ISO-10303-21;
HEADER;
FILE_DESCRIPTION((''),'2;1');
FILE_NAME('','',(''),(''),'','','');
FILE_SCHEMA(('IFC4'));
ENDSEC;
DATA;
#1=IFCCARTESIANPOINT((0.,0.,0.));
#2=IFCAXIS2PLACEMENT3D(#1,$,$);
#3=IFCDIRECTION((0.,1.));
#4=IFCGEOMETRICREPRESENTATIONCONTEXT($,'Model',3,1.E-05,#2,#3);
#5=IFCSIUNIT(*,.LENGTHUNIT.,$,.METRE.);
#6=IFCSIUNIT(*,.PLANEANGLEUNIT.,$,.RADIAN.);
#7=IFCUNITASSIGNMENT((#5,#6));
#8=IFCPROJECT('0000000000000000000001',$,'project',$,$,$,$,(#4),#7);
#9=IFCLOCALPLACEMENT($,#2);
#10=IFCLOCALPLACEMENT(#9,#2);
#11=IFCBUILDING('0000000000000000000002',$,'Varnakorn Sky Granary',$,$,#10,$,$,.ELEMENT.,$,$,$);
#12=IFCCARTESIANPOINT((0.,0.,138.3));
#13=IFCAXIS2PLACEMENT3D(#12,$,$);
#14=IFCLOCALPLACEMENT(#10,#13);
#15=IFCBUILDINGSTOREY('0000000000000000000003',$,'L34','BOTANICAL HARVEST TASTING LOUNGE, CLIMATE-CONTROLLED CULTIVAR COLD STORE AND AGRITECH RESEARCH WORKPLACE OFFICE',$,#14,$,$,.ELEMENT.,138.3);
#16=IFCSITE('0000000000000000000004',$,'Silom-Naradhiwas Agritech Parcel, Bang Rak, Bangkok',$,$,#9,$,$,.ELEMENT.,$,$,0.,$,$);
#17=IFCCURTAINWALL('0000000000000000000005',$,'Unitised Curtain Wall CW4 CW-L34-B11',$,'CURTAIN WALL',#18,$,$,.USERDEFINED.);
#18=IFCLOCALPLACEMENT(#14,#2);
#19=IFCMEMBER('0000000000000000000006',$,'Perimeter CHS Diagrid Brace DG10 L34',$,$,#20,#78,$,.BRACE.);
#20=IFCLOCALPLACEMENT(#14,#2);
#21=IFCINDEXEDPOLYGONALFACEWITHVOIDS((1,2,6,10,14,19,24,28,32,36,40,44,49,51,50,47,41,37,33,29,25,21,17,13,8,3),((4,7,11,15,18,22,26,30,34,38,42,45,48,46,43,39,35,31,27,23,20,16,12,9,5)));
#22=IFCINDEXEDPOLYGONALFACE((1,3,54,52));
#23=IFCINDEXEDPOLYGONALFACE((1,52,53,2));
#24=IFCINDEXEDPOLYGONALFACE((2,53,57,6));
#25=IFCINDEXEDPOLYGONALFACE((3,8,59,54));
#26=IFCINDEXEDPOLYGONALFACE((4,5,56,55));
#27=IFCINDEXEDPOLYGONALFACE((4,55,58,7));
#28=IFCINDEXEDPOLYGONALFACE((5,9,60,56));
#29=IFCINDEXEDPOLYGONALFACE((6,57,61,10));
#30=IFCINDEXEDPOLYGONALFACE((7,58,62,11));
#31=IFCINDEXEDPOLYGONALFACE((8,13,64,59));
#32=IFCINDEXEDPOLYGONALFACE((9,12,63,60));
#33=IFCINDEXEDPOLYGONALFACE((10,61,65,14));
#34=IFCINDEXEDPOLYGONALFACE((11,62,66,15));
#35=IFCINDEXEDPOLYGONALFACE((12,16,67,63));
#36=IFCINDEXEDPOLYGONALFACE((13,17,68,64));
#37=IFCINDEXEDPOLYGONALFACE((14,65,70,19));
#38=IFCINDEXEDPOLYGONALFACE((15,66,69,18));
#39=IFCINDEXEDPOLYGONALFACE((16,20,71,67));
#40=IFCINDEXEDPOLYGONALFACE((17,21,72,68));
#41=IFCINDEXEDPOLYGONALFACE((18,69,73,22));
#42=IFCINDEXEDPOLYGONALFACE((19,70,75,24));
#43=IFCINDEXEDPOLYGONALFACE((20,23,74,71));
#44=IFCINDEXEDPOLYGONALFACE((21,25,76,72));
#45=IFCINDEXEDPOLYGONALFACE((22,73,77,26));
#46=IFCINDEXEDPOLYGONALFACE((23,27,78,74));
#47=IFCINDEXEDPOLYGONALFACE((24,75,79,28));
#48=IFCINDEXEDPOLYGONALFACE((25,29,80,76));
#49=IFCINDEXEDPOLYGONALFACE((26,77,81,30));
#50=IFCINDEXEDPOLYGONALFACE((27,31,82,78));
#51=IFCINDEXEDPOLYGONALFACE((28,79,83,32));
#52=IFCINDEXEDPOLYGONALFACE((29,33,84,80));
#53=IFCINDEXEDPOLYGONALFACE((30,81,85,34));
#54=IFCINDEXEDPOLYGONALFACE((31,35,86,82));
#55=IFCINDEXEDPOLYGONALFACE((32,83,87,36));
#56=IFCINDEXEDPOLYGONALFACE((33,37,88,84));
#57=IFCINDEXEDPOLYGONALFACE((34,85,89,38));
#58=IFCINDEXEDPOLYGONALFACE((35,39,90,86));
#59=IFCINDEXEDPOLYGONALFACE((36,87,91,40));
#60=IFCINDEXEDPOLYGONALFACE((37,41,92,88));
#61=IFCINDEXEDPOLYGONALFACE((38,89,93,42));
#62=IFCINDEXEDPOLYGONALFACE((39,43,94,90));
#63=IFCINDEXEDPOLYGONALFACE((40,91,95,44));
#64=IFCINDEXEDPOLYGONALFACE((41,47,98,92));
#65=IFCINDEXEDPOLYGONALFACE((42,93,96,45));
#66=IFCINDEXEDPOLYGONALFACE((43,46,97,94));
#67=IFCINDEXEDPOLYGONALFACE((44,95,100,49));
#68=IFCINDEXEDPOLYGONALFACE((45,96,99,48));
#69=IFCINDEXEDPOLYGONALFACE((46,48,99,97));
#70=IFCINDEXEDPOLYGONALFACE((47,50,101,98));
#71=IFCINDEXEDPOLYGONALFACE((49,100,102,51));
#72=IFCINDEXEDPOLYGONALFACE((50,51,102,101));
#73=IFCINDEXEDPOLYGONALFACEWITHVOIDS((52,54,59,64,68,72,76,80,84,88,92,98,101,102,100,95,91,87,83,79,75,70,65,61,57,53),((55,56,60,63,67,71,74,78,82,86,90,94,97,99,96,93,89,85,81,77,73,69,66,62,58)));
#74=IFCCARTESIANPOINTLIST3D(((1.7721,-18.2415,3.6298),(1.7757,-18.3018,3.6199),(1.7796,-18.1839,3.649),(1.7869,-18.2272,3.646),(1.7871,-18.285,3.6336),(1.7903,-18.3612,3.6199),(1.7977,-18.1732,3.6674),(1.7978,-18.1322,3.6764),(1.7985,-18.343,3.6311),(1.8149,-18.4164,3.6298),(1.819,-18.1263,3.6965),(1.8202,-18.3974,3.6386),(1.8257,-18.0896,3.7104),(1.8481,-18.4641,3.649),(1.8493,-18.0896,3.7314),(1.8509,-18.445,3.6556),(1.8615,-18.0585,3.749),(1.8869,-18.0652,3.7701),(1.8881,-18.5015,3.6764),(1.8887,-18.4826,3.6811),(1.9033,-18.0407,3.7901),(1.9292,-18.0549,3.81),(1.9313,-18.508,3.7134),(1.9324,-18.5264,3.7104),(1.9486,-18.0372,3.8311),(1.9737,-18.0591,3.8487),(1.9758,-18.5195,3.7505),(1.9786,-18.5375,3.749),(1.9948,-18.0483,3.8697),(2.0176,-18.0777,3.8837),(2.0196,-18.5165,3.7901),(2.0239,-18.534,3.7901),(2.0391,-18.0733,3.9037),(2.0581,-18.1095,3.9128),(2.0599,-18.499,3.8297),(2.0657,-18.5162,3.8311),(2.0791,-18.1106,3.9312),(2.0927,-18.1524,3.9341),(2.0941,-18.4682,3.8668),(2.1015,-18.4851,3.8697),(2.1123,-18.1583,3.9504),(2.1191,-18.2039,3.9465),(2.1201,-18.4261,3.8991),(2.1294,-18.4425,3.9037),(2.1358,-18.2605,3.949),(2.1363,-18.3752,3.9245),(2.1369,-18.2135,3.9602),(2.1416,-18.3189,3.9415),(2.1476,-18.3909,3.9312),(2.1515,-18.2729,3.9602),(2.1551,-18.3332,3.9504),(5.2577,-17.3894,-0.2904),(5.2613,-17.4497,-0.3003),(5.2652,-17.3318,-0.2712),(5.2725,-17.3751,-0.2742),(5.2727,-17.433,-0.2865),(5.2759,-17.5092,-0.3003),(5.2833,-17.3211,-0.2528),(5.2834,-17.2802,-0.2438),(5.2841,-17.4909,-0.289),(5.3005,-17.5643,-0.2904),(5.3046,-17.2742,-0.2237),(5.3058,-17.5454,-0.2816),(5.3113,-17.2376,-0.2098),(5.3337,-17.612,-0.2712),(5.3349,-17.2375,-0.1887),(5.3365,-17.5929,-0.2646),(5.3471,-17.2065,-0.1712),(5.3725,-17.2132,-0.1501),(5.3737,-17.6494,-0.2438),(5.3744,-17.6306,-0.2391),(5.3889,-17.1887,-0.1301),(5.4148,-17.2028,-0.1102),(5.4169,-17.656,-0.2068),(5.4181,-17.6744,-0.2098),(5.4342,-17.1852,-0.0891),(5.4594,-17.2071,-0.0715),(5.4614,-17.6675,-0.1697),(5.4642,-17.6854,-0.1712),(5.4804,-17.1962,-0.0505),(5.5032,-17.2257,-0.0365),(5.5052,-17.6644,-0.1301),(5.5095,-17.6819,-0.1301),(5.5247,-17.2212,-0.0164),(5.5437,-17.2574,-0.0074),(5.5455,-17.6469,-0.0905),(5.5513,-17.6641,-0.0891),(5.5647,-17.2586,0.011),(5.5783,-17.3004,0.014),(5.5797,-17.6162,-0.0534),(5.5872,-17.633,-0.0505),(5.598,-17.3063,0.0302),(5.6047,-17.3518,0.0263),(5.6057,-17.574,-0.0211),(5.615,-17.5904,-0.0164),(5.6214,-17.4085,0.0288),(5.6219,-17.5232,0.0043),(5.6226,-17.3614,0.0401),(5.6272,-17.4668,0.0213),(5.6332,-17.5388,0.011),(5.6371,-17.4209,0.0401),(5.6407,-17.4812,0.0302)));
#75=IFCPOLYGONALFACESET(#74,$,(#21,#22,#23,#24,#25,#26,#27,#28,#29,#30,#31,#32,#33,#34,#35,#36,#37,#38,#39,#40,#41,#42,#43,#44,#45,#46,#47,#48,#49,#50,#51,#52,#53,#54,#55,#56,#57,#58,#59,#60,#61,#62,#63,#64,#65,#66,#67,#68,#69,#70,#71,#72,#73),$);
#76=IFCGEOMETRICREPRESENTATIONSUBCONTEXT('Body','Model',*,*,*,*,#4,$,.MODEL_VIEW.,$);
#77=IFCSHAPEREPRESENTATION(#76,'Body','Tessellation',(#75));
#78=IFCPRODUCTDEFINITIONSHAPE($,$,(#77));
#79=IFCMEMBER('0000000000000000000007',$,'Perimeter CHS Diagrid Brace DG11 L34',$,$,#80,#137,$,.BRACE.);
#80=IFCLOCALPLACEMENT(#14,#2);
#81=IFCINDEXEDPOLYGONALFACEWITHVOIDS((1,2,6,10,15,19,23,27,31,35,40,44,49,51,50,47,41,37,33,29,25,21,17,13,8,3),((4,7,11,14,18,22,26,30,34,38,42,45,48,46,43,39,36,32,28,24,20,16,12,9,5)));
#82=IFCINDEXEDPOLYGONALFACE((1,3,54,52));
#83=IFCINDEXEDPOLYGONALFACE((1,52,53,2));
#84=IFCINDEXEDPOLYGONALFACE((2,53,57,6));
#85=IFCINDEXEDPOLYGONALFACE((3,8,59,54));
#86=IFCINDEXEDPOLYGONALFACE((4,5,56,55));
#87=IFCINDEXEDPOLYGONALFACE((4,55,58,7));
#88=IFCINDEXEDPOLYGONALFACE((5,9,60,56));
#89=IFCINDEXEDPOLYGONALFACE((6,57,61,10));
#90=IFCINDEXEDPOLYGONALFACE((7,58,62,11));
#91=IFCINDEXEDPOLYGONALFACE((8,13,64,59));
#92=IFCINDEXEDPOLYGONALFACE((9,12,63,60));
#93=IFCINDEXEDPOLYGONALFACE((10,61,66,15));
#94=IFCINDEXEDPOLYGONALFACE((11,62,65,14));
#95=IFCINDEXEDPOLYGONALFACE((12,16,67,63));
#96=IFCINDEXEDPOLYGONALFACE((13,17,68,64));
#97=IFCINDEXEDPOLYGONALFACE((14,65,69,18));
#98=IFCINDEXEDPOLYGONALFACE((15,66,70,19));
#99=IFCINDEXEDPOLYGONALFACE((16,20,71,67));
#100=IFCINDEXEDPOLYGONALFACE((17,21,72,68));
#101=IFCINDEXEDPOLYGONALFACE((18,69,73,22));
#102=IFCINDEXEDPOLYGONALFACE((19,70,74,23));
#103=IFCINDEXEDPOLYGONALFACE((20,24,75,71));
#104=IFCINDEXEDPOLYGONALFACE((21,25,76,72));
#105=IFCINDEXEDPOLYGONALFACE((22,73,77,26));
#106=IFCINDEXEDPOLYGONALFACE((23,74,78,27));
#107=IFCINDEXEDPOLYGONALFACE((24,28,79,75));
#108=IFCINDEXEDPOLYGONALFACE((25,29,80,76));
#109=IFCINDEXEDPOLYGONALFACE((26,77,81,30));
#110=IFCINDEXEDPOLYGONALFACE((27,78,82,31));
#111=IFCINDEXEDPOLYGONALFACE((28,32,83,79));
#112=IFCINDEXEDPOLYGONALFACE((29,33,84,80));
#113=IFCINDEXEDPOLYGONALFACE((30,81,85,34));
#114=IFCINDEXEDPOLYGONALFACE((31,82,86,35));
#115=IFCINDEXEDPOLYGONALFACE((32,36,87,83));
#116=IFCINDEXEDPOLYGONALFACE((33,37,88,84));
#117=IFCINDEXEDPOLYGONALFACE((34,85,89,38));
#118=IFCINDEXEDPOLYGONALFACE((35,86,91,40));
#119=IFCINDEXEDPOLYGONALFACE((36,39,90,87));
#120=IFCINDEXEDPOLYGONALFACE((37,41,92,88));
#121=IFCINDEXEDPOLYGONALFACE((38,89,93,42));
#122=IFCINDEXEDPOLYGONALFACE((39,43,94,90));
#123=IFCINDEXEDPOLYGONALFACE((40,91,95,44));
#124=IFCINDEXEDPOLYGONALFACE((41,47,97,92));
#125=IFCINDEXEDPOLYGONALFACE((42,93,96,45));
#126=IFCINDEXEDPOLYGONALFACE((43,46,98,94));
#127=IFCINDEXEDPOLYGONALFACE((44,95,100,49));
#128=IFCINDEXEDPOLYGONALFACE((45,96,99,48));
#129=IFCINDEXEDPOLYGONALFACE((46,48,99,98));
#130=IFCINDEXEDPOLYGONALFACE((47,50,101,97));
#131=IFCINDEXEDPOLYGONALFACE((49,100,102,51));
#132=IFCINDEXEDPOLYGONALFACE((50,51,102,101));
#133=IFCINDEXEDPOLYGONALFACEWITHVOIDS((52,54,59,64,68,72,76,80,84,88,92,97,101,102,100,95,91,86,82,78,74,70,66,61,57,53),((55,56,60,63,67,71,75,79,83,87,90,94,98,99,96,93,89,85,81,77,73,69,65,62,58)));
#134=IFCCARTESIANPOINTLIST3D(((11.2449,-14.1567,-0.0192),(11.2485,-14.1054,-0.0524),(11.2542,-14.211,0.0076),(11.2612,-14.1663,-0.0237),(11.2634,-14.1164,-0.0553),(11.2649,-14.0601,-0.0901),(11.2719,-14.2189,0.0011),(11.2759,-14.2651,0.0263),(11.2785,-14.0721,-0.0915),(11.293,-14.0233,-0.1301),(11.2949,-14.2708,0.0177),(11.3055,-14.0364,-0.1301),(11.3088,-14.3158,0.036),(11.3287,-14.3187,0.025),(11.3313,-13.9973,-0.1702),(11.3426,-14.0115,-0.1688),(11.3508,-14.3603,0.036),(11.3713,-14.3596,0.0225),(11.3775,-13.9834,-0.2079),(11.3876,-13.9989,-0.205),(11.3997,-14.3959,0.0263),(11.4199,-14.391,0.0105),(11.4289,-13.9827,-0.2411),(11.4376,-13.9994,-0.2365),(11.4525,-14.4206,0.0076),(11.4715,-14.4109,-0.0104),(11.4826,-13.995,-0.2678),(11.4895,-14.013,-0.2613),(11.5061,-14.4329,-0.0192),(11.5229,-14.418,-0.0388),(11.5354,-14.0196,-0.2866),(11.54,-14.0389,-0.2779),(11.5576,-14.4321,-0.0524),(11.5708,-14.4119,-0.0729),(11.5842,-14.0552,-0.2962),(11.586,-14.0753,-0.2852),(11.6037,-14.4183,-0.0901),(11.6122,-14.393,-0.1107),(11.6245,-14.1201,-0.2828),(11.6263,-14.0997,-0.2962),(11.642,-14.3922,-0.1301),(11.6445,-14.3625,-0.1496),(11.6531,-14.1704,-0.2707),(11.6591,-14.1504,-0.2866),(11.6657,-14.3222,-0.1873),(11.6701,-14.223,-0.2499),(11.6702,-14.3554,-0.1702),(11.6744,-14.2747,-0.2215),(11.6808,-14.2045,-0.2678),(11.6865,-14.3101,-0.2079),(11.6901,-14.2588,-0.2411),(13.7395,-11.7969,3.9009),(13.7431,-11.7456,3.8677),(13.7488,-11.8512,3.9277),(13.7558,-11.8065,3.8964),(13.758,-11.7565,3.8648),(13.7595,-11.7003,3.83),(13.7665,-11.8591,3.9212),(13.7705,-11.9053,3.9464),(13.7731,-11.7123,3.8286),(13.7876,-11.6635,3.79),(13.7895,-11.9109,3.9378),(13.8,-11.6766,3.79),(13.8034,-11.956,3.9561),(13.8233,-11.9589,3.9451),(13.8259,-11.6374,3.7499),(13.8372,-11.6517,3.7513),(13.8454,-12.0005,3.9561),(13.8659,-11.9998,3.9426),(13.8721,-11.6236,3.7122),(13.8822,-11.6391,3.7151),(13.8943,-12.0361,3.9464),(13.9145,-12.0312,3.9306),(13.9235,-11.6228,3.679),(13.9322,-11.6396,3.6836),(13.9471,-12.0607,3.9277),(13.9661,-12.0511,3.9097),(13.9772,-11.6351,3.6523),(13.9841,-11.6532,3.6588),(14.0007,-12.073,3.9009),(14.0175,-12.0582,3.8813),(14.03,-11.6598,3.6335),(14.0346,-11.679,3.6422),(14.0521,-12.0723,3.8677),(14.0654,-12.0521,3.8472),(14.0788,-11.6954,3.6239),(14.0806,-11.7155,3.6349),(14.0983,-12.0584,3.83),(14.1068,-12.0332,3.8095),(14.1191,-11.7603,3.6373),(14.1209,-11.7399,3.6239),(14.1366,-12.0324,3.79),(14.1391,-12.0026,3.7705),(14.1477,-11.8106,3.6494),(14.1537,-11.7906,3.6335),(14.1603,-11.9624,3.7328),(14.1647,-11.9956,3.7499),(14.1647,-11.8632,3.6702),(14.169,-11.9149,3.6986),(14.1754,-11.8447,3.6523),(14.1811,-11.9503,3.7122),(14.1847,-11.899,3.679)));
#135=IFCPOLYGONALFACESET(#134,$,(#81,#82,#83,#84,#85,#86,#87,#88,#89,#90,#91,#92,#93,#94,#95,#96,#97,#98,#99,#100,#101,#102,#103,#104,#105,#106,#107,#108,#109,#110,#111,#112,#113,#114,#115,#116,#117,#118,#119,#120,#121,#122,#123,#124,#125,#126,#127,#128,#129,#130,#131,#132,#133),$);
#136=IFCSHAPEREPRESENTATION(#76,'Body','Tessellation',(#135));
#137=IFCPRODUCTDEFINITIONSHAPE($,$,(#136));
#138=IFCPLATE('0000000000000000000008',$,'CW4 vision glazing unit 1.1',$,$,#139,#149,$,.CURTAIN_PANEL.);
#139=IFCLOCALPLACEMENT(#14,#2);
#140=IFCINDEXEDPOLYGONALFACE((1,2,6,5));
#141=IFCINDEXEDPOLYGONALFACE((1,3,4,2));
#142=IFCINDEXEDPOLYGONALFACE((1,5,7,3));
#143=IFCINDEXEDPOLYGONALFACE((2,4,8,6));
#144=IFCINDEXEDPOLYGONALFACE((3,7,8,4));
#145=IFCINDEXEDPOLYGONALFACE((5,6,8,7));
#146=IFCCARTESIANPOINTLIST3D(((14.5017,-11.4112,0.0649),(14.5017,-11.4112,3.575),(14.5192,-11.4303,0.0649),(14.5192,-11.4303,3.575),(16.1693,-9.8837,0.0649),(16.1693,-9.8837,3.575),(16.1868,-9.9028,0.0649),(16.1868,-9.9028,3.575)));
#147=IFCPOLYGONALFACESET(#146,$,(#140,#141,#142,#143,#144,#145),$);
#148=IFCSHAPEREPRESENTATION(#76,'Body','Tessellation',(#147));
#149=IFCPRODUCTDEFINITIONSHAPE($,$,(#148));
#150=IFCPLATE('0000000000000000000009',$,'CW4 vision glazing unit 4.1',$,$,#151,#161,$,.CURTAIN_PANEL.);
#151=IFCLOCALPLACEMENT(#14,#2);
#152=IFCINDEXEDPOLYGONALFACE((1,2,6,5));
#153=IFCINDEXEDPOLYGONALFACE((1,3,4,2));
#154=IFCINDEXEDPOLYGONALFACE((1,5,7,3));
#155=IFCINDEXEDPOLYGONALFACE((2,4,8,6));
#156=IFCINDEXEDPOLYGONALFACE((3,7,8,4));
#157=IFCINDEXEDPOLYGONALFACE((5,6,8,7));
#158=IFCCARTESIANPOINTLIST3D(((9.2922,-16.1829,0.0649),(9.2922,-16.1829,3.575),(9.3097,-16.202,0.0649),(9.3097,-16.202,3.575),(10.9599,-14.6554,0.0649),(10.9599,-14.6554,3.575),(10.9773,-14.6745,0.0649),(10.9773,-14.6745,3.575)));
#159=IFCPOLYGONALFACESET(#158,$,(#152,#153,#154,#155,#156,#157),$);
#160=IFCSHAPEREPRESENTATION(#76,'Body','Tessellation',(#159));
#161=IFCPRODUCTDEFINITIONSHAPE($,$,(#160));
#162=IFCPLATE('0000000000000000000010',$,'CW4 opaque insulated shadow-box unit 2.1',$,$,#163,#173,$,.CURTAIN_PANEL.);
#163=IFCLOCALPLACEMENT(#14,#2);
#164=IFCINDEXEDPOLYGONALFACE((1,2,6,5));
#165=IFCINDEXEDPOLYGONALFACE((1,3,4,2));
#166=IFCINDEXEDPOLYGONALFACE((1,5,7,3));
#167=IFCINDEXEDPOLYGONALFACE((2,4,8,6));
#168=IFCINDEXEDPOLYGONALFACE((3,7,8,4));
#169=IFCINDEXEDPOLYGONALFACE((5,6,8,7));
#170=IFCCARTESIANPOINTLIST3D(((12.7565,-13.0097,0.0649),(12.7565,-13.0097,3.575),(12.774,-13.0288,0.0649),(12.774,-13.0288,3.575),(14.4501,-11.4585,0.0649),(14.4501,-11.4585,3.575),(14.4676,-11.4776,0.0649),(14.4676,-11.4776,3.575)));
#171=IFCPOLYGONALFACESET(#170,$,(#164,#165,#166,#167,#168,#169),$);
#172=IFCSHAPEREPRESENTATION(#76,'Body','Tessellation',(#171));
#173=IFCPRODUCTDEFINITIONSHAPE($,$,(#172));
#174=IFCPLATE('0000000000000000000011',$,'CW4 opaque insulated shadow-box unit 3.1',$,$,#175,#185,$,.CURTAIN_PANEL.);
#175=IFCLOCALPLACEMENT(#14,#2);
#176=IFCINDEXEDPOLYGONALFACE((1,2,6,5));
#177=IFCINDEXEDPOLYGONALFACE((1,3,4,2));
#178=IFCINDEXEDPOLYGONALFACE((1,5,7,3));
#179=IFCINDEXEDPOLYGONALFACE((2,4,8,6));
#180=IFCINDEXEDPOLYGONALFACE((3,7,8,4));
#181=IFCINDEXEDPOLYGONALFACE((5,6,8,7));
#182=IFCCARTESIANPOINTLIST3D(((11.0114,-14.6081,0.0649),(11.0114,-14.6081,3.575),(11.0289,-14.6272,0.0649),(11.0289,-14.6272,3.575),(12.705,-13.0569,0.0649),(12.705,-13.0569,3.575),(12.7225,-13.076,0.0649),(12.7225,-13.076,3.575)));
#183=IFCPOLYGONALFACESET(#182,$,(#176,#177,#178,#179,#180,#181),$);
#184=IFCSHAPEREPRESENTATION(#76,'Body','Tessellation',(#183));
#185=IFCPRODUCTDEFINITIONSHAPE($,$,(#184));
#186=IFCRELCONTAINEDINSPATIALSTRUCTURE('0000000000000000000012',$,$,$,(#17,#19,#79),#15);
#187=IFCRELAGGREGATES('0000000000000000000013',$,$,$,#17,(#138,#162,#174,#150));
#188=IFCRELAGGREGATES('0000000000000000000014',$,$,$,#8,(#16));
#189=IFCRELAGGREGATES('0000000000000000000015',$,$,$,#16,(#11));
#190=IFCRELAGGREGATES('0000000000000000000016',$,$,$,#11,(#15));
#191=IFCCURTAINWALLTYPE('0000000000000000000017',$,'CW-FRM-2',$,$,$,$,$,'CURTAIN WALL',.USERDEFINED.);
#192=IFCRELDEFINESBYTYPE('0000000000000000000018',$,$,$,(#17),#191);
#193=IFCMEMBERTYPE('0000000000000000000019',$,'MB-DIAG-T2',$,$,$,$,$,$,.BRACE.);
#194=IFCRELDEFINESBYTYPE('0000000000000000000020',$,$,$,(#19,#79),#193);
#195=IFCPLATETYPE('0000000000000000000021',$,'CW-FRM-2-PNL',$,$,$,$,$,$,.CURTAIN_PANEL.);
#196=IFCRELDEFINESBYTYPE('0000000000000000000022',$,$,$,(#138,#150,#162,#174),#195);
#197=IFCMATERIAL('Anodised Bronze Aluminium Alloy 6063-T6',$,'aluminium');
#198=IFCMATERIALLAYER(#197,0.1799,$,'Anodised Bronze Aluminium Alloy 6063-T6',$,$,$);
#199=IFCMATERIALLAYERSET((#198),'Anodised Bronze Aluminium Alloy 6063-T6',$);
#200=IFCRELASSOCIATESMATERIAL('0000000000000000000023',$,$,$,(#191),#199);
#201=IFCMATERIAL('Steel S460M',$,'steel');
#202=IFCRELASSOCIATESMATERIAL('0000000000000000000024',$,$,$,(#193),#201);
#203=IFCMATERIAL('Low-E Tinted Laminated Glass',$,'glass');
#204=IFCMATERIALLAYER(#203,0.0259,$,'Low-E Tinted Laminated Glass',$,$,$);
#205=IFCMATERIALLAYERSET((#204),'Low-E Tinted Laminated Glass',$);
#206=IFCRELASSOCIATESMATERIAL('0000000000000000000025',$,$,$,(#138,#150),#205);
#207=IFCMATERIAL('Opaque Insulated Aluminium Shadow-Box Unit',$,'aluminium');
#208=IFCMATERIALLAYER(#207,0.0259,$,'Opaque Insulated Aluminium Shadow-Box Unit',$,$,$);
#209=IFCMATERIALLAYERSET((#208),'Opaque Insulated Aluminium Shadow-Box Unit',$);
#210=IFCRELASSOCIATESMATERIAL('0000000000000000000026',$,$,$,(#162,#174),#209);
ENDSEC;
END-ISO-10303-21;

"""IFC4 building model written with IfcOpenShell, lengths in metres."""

from ifc_helpers import new_model, si_unit, direction, frame, origin, origin_2d, place, context, subcontext, project, spatial, rectangle, hollow_circle, extrude, source, transform, mapped, material, layer, layer_set, material_profile, profile_set, type_object, element, aggregate, save


model = new_model("IFC4")

# Units and contexts
model_context = context("Model", 3, precision=1e-05, world=origin(), true_north=direction((0.0, 1.0)))
body_context = subcontext(model_context, "Body", "Model", "MODEL_VIEW")
ifc_project = project(units=[si_unit("LENGTHUNIT", "METRE"), si_unit("PLANEANGLEUNIT", "RADIAN")], contexts=[model_context])

# Site, building, storey
site_placement = place(None, origin())
site = spatial("IfcSite", under=ifc_project, at=site_placement, Name="Silom-Naradhiwas Agritech Parcel, Bang Rak, Bangkok", CompositionType="ELEMENT", RefElevation=0.0)
building_placement = place(site_placement, origin())
building = spatial("IfcBuilding", under=site, at=building_placement, Name="Varnakorn Sky Granary", CompositionType="ELEMENT")
storey_placement = place(building_placement, frame((0.0, 0.0, 138.3)))
storey = spatial("IfcBuildingStorey", under=building, at=storey_placement, Name="L34", Description="BOTANICAL HARVEST TASTING LOUNGE, CLIMATE-CONTROLLED CULTIVAR COLD STORE AND AGRITECH RESEARCH WORKPLACE OFFICE", CompositionType="ELEMENT", Elevation=138.3)

# Shared definitions
ifc_material_1 = material(Name="Steel S460M", Category="steel")

# Curtain wall
ifc_material_2 = material(Name="Anodised Bronze Aluminium Alloy 6063-T6", Category="aluminium")
ifc_layer_1 = layer(ifc_material_2, 0.1799, Name="Anodised Bronze Aluminium Alloy 6063-T6")
ifc_layer_set_1 = layer_set([ifc_layer_1], Name="Anodised Bronze Aluminium Alloy 6063-T6")
curtain_wall_type = type_object("IfcCurtainWallType", Name="CW-FRM-2", ElementType="CURTAIN WALL", PredefinedType="USERDEFINED", material=ifc_layer_set_1)
curtain_wall_1_placement = place(storey_placement, origin())
curtain_wall_1 = element("IfcCurtainWall", 1, at=curtain_wall_1_placement, inside=storey, type_object=curtain_wall_type, Name="Unitised Curtain Wall CW4 CW-L34-B11", ObjectType="CURTAIN WALL", PredefinedType="USERDEFINED")

# Members
ifc_material_profile_1 = material_profile(ifc_material_1, hollow_circle(Radius=0.2539, WallThickness=0.0181, at=origin_2d()), Name="CHS 508x18")
ifc_profile_set_1 = profile_set([ifc_material_profile_1], Name="Steel S460M")
member_type_1 = type_object("IfcMemberType", Name="MB-DIAG-T2", PredefinedType="BRACE", material=ifc_profile_set_1)
member_1_placement = place(storey_placement, frame((5.4492, -17.4353, -0.1301), z_axis=(-0.655875, -0.160328, 0.737647), x_axis=(0.237457, -0.971398, 0.0)))
element("IfcMember", 2, at=member_1_placement, inside=storey, type_object=member_type_1, Name="Perimeter CHS Diagrid Brace DG10 L34", PredefinedType="BRACE", context=body_context, shape_type="SweptSolid", body=[
    extrude(hollow_circle(Radius=0.2539, WallThickness=0.0181, at=origin_2d()), origin(), (0.0, 0.0, 1.0), 5.3145),
])
member_2_placement = place(storey_placement, frame((11.4675, -14.2078, -0.1301), z_axis=(0.478677, 0.452818, 0.752213), x_axis=(-0.687212, 0.726457, 0.0)))
element("IfcMember", 3, at=member_2_placement, inside=storey, type_object=member_type_1, Name="Perimeter CHS Diagrid Brace DG11 L34", PredefinedType="BRACE", context=body_context, shape_type="SweptSolid", body=[
    extrude(hollow_circle(Radius=0.2539, WallThickness=0.0181, at=origin_2d()), origin(), (0.0, 0.0, 1.0), 5.2114),
])

# Plates
ifc_material_3 = material(Name="Low-E Tinted Laminated Glass", Category="glass")
ifc_layer_2 = layer(ifc_material_3, 0.0259, Name="Low-E Tinted Laminated Glass")
ifc_layer_set_2 = layer_set([ifc_layer_2], Name="Low-E Tinted Laminated Glass")
plate_type = type_object("IfcPlateType", Name="CW-FRM-2-PNL", PredefinedType="CURTAIN_PANEL")
shared_shape_1 = source(origin(), body_context, "Body", "SweptSolid", [
    extrude(rectangle(XDim=2.2615, YDim=0.0259, at=origin_2d()), origin(), (0.0, 0.0, 1.0), 3.51),
])
plate_1_placement = place(storey_placement, frame((15.3442, -10.657, 0.0649), z_axis=(0.0, 0.0, 1.0), x_axis=(-0.737417, -0.675438, 0.0)))
plate_1 = element("IfcPlate", 4, at=plate_1_placement, type_object=plate_type, material=ifc_layer_set_2, Name="CW4 vision glazing unit 1.1", PredefinedType="CURTAIN_PANEL", context=body_context, shape_type="MappedRepresentation", body=[
    mapped(shared_shape_1, transform((0.0, 0.0, 0.0), x_axis=(1.0, 0.0, 0.0), y_axis=(0.0, 1.0, 0.0), z_axis=(0.0, 0.0, 1.0), scale=1.0)),
])
plate_2_placement = place(storey_placement, frame((10.1348, -15.4287, 0.0649), z_axis=(0.0, 0.0, 1.0), x_axis=(-0.737417, -0.675438, 0.0)))
plate_2 = element("IfcPlate", 5, at=plate_2_placement, type_object=plate_type, material=ifc_layer_set_2, Name="CW4 vision glazing unit 4.1", PredefinedType="CURTAIN_PANEL", context=body_context, shape_type="MappedRepresentation", body=[
    mapped(shared_shape_1, transform((0.0, 0.0, 0.0), x_axis=(1.0, 0.0, 0.0), y_axis=(0.0, 1.0, 0.0), z_axis=(0.0, 0.0, 1.0), scale=1.0)),
])
ifc_material_4 = material(Name="Opaque Insulated Aluminium Shadow-Box Unit", Category="aluminium")
ifc_layer_3 = layer(ifc_material_4, 0.0259, Name="Opaque Insulated Aluminium Shadow-Box Unit")
ifc_layer_set_3 = layer_set([ifc_layer_3], Name="Opaque Insulated Aluminium Shadow-Box Unit")
shared_shape_2 = source(origin(), body_context, "Body", "SweptSolid", [
    extrude(rectangle(XDim=2.2966, YDim=0.0259, at=origin_2d()), origin(), (0.0, 0.0, 1.0), 3.51),
])
plate_3_placement = place(storey_placement, frame((13.6121, -12.2437, 0.0649), z_axis=(0.0, 0.0, 1.0), x_axis=(-0.737417, -0.675438, 0.0)))
plate_3 = element("IfcPlate", 6, at=plate_3_placement, type_object=plate_type, material=ifc_layer_set_3, Name="CW4 opaque insulated shadow-box unit 2.1", PredefinedType="CURTAIN_PANEL", context=body_context, shape_type="MappedRepresentation", body=[
    mapped(shared_shape_2, transform((0.0, 0.0, 0.0), x_axis=(1.0, 0.0, 0.0), y_axis=(0.0, 1.0, 0.0), z_axis=(0.0, 0.0, 1.0), scale=1.0)),
])
plate_4_placement = place(storey_placement, frame((11.8669, -13.842, 0.0649), z_axis=(0.0, 0.0, 1.0), x_axis=(-0.737417, -0.675438, 0.0)))
plate_4 = element("IfcPlate", 7, at=plate_4_placement, type_object=plate_type, material=ifc_layer_set_3, Name="CW4 opaque insulated shadow-box unit 3.1", PredefinedType="CURTAIN_PANEL", context=body_context, shape_type="MappedRepresentation", body=[
    mapped(shared_shape_2, transform((0.0, 0.0, 0.0), x_axis=(1.0, 0.0, 0.0), y_axis=(0.0, 1.0, 0.0), z_axis=(0.0, 0.0, 1.0), scale=1.0)),
])
aggregate(curtain_wall_1, [plate_1, plate_3, plate_4, plate_2])

save(model, "model.ifc")
